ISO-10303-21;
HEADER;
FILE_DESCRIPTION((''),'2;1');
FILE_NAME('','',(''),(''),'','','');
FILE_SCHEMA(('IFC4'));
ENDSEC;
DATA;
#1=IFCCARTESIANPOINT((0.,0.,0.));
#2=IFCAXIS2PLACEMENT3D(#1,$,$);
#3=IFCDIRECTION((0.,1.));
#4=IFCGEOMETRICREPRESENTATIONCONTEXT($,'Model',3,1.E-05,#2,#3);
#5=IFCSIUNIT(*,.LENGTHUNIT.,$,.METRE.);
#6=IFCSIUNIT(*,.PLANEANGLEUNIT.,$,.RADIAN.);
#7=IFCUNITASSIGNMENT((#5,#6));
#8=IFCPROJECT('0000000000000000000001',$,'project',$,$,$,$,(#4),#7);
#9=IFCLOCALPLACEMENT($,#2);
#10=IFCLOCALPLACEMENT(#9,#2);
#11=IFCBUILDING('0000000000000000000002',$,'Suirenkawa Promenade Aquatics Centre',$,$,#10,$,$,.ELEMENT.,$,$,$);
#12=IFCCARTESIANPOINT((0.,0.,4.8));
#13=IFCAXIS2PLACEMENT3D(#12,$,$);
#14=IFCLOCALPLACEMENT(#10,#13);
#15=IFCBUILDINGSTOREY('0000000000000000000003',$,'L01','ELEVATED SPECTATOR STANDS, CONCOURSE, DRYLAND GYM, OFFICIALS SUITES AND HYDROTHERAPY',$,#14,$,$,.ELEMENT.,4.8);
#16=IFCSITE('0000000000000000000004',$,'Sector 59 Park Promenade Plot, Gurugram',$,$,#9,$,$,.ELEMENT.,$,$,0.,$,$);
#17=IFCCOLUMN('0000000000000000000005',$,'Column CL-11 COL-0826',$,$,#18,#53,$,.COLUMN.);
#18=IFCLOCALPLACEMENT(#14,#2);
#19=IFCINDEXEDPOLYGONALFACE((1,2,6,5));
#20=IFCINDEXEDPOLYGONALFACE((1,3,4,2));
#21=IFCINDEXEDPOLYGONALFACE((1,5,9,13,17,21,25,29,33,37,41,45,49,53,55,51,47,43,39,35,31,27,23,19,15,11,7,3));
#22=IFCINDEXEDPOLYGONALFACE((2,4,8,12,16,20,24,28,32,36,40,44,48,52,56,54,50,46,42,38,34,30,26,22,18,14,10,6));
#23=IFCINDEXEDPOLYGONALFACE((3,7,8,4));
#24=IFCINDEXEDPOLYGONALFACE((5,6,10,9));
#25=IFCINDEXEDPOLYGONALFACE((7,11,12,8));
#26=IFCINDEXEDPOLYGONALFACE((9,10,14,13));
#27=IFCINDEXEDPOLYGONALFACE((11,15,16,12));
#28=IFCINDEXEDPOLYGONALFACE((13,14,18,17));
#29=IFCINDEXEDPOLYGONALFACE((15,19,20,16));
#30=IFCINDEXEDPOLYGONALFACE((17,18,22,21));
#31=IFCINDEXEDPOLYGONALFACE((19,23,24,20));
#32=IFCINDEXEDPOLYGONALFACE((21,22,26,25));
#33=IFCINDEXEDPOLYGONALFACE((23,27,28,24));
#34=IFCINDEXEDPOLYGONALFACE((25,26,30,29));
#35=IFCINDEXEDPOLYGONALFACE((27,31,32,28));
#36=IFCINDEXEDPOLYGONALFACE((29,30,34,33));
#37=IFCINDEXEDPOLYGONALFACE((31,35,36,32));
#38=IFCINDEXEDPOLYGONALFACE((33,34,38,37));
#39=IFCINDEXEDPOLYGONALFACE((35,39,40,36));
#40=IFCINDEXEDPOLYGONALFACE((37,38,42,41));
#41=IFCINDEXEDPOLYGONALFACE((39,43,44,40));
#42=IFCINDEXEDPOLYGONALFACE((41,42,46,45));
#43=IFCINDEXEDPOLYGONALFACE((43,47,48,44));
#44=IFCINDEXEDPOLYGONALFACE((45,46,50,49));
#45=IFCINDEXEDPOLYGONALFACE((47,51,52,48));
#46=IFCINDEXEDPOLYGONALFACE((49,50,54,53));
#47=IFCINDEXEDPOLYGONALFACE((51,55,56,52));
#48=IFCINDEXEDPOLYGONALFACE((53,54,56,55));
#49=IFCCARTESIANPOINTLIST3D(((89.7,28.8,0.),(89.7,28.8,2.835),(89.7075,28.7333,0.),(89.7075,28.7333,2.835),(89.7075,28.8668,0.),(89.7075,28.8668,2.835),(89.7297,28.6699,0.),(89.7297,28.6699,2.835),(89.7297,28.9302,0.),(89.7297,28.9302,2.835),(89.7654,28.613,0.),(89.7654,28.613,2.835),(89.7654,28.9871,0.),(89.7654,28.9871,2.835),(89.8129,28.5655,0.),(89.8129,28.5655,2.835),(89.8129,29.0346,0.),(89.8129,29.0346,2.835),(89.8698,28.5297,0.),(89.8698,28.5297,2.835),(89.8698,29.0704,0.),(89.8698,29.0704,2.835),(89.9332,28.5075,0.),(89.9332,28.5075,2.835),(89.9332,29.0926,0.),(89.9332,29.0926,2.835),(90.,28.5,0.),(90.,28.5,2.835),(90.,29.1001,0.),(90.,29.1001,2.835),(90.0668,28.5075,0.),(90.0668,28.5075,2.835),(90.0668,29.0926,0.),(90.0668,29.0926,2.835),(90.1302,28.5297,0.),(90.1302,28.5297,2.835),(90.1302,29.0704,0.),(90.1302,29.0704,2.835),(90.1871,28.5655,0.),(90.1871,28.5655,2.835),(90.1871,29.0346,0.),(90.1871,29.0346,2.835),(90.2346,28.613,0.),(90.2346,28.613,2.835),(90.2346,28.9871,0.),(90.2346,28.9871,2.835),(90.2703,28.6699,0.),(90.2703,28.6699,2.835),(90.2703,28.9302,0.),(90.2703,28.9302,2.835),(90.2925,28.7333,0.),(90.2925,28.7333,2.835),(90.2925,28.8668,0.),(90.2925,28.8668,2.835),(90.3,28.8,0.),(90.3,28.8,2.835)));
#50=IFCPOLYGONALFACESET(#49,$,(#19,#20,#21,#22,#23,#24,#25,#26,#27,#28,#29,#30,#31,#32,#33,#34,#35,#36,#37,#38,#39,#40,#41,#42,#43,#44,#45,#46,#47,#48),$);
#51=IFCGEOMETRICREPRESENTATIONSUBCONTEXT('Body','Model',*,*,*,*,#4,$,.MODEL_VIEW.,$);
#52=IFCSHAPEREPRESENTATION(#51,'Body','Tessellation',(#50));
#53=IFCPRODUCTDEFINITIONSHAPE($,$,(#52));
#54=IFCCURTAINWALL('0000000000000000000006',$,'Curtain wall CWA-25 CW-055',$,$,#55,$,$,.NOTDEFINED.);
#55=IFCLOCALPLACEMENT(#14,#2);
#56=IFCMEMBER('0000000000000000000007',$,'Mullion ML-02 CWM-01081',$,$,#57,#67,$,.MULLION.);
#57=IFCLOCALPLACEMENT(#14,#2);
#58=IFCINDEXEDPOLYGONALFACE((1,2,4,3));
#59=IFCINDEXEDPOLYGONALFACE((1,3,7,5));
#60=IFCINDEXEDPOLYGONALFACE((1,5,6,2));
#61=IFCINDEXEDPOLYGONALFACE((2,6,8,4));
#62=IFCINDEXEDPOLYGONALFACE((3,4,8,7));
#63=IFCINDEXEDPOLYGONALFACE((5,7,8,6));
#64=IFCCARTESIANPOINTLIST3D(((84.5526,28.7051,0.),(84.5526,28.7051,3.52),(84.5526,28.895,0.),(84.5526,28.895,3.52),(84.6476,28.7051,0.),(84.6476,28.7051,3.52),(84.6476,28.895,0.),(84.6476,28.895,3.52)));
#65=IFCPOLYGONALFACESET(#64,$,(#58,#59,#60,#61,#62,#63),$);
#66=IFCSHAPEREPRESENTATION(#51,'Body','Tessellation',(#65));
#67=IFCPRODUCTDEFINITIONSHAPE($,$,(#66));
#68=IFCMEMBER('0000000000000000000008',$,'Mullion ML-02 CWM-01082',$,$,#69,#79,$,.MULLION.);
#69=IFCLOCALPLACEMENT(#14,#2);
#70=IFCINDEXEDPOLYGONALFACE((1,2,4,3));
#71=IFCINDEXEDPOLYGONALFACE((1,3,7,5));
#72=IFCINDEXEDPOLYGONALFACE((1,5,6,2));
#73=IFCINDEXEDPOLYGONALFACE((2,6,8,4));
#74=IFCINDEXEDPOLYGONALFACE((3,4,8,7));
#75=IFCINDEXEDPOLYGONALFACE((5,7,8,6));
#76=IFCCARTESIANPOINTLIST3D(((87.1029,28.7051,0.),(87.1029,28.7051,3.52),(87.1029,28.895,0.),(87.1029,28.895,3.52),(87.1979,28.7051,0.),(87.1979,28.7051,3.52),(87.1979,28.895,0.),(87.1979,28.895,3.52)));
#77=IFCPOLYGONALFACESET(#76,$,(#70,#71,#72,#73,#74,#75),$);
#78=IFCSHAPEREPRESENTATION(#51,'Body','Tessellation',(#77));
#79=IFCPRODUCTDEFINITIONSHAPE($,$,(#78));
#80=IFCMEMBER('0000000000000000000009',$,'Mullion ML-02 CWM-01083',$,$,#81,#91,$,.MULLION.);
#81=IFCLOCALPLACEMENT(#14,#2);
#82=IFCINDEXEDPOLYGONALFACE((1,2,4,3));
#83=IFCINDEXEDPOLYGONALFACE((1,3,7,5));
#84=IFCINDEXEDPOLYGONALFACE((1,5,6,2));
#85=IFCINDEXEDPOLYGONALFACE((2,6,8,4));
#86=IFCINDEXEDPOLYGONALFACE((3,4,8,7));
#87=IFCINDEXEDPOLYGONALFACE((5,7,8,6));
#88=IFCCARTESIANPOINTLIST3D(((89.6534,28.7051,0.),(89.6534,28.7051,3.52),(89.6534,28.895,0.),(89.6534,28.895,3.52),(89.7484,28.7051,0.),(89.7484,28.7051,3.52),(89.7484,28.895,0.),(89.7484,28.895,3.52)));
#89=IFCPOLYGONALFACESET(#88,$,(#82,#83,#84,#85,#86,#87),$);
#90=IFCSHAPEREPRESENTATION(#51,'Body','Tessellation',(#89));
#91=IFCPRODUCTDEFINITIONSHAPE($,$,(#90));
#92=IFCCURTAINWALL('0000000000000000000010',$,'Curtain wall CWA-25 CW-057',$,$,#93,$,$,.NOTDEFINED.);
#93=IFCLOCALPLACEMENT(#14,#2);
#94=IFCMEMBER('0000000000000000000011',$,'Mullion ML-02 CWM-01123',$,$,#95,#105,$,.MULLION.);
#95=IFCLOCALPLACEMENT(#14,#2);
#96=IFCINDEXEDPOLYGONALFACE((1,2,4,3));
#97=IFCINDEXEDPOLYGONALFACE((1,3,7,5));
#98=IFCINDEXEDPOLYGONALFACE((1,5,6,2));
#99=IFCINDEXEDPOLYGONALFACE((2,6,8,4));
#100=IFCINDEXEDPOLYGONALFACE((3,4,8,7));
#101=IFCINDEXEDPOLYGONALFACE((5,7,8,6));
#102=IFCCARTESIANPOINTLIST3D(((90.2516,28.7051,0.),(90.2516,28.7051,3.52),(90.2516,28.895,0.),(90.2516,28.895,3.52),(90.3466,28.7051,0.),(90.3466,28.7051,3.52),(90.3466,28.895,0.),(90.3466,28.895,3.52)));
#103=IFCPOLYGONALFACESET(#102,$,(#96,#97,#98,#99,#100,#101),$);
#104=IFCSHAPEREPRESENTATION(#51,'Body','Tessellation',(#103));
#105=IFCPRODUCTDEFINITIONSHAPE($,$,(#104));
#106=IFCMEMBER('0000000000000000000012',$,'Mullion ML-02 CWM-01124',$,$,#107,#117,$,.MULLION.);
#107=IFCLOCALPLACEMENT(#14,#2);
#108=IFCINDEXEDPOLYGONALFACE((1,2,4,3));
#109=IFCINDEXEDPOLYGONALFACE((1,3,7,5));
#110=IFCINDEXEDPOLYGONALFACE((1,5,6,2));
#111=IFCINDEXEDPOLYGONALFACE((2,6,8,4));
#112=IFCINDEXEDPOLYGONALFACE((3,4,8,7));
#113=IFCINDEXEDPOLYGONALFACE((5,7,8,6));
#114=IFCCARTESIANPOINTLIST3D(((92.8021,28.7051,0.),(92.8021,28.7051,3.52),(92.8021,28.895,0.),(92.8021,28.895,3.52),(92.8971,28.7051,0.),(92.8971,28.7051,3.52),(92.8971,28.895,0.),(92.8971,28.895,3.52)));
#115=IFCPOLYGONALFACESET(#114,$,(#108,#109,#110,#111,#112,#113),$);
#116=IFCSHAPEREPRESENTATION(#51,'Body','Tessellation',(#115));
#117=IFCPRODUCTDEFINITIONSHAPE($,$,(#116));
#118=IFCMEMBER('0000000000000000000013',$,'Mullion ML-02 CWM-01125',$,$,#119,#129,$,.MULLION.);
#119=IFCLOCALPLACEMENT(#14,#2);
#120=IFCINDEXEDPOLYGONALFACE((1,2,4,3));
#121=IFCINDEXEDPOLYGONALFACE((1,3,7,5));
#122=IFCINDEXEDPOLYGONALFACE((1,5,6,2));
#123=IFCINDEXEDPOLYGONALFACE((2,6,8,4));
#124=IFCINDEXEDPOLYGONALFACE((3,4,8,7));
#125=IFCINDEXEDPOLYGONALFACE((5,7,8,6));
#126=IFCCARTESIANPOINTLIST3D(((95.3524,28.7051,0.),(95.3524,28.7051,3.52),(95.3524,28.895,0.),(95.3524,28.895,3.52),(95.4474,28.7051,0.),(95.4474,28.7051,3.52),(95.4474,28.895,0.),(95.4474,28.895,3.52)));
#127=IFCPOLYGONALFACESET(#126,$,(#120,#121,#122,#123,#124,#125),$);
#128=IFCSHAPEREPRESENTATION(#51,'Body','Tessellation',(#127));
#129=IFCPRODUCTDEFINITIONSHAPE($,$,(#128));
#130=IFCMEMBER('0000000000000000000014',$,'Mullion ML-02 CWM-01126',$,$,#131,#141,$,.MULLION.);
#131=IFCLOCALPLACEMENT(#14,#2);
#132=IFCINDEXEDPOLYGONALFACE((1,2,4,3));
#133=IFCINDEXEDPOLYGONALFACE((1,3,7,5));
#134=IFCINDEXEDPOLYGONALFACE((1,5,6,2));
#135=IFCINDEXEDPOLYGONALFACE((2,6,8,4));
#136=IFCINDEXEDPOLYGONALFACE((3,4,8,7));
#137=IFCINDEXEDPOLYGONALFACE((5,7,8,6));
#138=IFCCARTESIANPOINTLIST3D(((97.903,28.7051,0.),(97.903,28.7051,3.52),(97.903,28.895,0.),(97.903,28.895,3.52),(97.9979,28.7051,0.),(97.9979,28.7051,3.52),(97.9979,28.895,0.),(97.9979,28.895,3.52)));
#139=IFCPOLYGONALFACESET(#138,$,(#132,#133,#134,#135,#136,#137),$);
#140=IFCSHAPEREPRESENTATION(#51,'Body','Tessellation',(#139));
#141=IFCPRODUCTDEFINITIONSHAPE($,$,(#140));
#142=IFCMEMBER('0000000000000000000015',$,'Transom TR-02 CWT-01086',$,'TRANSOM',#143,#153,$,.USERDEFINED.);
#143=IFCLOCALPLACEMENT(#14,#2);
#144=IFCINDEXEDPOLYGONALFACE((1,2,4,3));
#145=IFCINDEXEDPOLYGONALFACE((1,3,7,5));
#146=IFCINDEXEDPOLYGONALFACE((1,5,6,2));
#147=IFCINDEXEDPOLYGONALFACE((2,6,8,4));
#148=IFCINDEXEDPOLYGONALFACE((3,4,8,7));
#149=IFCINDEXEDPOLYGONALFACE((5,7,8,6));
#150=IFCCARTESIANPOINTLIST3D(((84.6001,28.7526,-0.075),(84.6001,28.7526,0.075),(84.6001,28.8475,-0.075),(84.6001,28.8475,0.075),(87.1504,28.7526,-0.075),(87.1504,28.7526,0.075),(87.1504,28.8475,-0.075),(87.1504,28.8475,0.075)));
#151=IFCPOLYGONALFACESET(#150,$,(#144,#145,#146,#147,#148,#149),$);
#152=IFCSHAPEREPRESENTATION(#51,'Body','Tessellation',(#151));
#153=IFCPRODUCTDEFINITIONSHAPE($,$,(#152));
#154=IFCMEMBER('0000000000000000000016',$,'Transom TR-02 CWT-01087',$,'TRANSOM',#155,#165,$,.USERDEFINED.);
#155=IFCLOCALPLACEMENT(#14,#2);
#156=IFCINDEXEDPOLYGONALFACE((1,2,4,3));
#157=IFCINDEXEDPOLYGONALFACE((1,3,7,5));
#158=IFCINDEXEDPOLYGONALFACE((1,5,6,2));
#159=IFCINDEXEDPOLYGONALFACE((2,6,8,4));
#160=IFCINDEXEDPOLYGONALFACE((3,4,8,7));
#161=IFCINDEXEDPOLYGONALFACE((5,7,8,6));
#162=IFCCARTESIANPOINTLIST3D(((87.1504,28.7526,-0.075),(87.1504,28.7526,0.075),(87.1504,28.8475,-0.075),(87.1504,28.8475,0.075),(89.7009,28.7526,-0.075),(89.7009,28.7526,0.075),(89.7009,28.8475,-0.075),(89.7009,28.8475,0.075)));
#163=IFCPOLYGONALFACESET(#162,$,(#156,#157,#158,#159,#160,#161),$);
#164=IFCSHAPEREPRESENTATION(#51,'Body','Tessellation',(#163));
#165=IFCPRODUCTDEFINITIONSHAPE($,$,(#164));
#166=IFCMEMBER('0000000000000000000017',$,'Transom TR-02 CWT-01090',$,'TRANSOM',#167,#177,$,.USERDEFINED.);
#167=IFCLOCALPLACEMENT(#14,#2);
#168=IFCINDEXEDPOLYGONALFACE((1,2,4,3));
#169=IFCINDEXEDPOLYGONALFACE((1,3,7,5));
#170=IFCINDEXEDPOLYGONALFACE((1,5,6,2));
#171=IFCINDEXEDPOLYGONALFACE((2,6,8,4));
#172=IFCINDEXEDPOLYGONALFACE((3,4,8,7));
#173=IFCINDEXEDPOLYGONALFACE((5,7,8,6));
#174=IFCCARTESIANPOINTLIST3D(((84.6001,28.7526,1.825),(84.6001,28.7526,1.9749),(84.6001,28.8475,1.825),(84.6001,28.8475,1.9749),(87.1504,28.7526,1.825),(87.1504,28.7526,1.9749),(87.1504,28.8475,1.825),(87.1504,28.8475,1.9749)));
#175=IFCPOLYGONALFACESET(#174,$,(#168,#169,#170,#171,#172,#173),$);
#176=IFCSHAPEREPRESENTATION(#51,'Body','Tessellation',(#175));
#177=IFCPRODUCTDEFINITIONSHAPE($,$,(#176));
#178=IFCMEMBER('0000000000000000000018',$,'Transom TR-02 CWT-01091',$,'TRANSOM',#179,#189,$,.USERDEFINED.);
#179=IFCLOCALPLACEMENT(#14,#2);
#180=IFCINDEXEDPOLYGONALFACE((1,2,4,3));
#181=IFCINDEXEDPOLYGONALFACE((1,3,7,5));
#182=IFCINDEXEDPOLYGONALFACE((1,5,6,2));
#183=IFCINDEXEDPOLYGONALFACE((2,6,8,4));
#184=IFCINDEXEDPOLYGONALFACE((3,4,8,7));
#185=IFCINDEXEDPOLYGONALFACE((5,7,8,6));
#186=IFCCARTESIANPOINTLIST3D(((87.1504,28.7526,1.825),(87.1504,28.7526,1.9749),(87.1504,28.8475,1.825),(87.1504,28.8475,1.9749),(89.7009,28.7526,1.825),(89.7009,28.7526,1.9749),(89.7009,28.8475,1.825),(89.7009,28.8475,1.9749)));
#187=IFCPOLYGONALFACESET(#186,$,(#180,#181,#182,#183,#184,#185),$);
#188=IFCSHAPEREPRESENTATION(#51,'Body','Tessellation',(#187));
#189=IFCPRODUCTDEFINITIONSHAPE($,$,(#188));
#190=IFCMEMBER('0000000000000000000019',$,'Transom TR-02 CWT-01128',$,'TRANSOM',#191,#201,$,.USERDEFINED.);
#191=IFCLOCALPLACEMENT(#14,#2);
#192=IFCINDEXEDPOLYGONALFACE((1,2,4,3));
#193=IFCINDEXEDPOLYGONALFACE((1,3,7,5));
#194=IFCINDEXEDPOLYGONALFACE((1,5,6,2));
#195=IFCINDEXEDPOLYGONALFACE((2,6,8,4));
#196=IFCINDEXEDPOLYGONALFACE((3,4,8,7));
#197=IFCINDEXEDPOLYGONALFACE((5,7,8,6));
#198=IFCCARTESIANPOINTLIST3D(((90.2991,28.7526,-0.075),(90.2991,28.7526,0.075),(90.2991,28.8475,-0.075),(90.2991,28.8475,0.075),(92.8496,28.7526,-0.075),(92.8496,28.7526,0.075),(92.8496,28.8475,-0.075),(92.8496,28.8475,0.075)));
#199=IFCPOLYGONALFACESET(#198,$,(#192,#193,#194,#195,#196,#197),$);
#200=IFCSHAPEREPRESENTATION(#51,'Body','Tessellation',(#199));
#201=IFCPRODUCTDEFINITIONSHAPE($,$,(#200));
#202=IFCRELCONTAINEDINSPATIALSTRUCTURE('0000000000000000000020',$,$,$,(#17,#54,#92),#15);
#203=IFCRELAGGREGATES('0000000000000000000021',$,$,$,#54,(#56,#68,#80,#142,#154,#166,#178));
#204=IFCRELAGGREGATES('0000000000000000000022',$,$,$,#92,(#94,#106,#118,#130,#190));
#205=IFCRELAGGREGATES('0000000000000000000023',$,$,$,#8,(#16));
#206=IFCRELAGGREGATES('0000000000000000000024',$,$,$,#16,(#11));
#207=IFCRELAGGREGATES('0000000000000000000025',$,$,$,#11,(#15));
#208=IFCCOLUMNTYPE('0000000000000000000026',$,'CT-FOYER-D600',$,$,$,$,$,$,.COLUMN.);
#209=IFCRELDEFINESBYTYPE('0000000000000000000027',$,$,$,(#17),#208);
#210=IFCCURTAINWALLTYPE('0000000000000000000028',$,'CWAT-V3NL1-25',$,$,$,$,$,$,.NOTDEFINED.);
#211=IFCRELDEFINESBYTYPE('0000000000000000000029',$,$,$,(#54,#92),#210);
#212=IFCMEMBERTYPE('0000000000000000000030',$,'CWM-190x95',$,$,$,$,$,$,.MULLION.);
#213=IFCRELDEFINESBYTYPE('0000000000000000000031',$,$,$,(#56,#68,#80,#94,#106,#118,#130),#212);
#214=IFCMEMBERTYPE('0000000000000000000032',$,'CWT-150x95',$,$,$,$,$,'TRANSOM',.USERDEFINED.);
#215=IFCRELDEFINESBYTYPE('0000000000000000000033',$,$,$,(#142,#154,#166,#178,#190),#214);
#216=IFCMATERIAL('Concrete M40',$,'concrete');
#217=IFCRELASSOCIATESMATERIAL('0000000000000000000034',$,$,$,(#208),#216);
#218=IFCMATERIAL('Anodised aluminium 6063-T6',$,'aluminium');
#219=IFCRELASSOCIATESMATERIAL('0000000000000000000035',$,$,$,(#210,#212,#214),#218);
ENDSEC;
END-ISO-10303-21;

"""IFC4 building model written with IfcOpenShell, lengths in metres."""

from ifc_helpers import new_model, si_unit, direction, frame, origin, origin_2d, place, context, subcontext, project, spatial, rectangle, circle, extrude, material, material_profile, profile_set, type_object, element, aggregate, save


model = new_model("IFC4")

# Units and contexts
model_context = context("Model", 3, precision=1e-05, world=origin(), true_north=direction((0.0, 1.0)))
body_context = subcontext(model_context, "Body", "Model", "MODEL_VIEW")
ifc_project = project(units=[si_unit("LENGTHUNIT", "METRE"), si_unit("PLANEANGLEUNIT", "RADIAN")], contexts=[model_context])

# Site, building, storey
site_placement = place(None, origin())
site = spatial("IfcSite", under=ifc_project, at=site_placement, Name="Sector 59 Park Promenade Plot, Gurugram", CompositionType="ELEMENT", RefElevation=0.0)
building_placement = place(site_placement, origin())
building = spatial("IfcBuilding", under=site, at=building_placement, Name="Suirenkawa Promenade Aquatics Centre", CompositionType="ELEMENT")
storey_placement = place(building_placement, frame((0.0, 0.0, 4.8)))
storey = spatial("IfcBuildingStorey", under=building, at=storey_placement, Name="L01", Description="ELEVATED SPECTATOR STANDS, CONCOURSE, DRYLAND GYM, OFFICIALS SUITES AND HYDROTHERAPY", CompositionType="ELEMENT", Elevation=4.8)

# Column
ifc_material_1 = material(Name="Concrete M40", Category="concrete")
ifc_material_profile_1 = material_profile(ifc_material_1, circle(Radius=0.3, at=origin_2d()), Name="RC FOYER D600", Category="concrete")
ifc_profile_set_1 = profile_set([ifc_material_profile_1], Name="Concrete M40")
column_type = type_object("IfcColumnType", Name="CT-FOYER-D600", PredefinedType="COLUMN", material=ifc_profile_set_1)
column_placement = place(storey_placement, frame((90.0, 28.8, 0.0), z_axis=(0.0, 0.0, 1.0), x_axis=(1.0, 0.0, 0.0)))
element("IfcColumn", 1, at=column_placement, inside=storey, type_object=column_type, Name="Column CL-11 COL-0826", PredefinedType="COLUMN", context=body_context, shape_type="SweptSolid", body=[
    extrude(circle(Radius=0.3, at=origin_2d()), origin(), (0.0, 0.0, 1.0), 2.835),
])

# Curtain walls, members
ifc_material_2 = material(Name="Anodised aluminium 6063-T6", Category="aluminium")
curtain_wall_type = type_object("IfcCurtainWallType", Name="CWAT-V3NL1-25", PredefinedType="NOTDEFINED", material=ifc_material_2)
curtain_wall_1_placement = place(storey_placement, origin())
curtain_wall_1 = element("IfcCurtainWall", 2, at=curtain_wall_1_placement, inside=storey, type_object=curtain_wall_type, Name="Curtain wall CWA-25 CW-055", PredefinedType="NOTDEFINED")
ifc_material_profile_2 = material_profile(ifc_material_2, rectangle(XDim=0.095, YDim=0.1899, at=origin_2d()), Name="ALU MULL 95x190", Category="aluminium")
ifc_profile_set_2 = profile_set([ifc_material_profile_2], Name="Anodised aluminium 6063-T6")
member_type_1 = type_object("IfcMemberType", Name="CWM-190x95", PredefinedType="MULLION", material=ifc_profile_set_2)
member_1_placement = place(storey_placement, frame((84.6001, 28.8, 0.0), z_axis=(0.0, 0.0, 1.0), x_axis=(1.0, 0.0, 0.0)))
member_1 = element("IfcMember", 3, at=member_1_placement, type_object=member_type_1, Name="Mullion ML-02 CWM-01081", PredefinedType="MULLION", context=body_context, shape_type="SweptSolid", body=[
    extrude(rectangle(XDim=0.095, YDim=0.1899, at=origin_2d()), origin(), (0.0, 0.0, 1.0), 3.52),
])
member_2_placement = place(storey_placement, frame((87.1504, 28.8, 0.0), z_axis=(0.0, 0.0, 1.0), x_axis=(1.0, 0.0, 0.0)))
member_2 = element("IfcMember", 4, at=member_2_placement, type_object=member_type_1, Name="Mullion ML-02 CWM-01082", PredefinedType="MULLION", context=body_context, shape_type="SweptSolid", body=[
    extrude(rectangle(XDim=0.095, YDim=0.1899, at=origin_2d()), origin(), (0.0, 0.0, 1.0), 3.52),
])
member_3_placement = place(storey_placement, frame((89.7009, 28.8, 0.0), z_axis=(0.0, 0.0, 1.0), x_axis=(1.0, 0.0, 0.0)))
member_3 = element("IfcMember", 5, at=member_3_placement, type_object=member_type_1, Name="Mullion ML-02 CWM-01083", PredefinedType="MULLION", context=body_context, shape_type="SweptSolid", body=[
    extrude(rectangle(XDim=0.095, YDim=0.1899, at=origin_2d()), origin(), (0.0, 0.0, 1.0), 3.52),
])
curtain_wall_2_placement = place(storey_placement, origin())
curtain_wall_2 = element("IfcCurtainWall", 6, at=curtain_wall_2_placement, inside=storey, type_object=curtain_wall_type, Name="Curtain wall CWA-25 CW-057", PredefinedType="NOTDEFINED")
member_4_placement = place(storey_placement, frame((90.2991, 28.8, 0.0), z_axis=(0.0, 0.0, 1.0), x_axis=(1.0, 0.0, 0.0)))
member_4 = element("IfcMember", 7, at=member_4_placement, type_object=member_type_1, Name="Mullion ML-02 CWM-01123", PredefinedType="MULLION", context=body_context, shape_type="SweptSolid", body=[
    extrude(rectangle(XDim=0.095, YDim=0.1899, at=origin_2d()), origin(), (0.0, 0.0, 1.0), 3.52),
])
member_5_placement = place(storey_placement, frame((92.8496, 28.8, 0.0), z_axis=(0.0, 0.0, 1.0), x_axis=(1.0, 0.0, 0.0)))
member_5 = element("IfcMember", 8, at=member_5_placement, type_object=member_type_1, Name="Mullion ML-02 CWM-01124", PredefinedType="MULLION", context=body_context, shape_type="SweptSolid", body=[
    extrude(rectangle(XDim=0.095, YDim=0.1899, at=origin_2d()), origin(), (0.0, 0.0, 1.0), 3.52),
])
member_6_placement = place(storey_placement, frame((95.3999, 28.8, 0.0), z_axis=(0.0, 0.0, 1.0), x_axis=(1.0, 0.0, 0.0)))
member_6 = element("IfcMember", 9, at=member_6_placement, type_object=member_type_1, Name="Mullion ML-02 CWM-01125", PredefinedType="MULLION", context=body_context, shape_type="SweptSolid", body=[
    extrude(rectangle(XDim=0.095, YDim=0.1899, at=origin_2d()), origin(), (0.0, 0.0, 1.0), 3.52),
])
member_7_placement = place(storey_placement, frame((97.9504, 28.8, 0.0), z_axis=(0.0, 0.0, 1.0), x_axis=(1.0, 0.0, 0.0)))
member_7 = element("IfcMember", 10, at=member_7_placement, type_object=member_type_1, Name="Mullion ML-02 CWM-01126", PredefinedType="MULLION", context=body_context, shape_type="SweptSolid", body=[
    extrude(rectangle(XDim=0.095, YDim=0.1899, at=origin_2d()), origin(), (0.0, 0.0, 1.0), 3.52),
])

# Members
ifc_material_profile_3 = material_profile(ifc_material_2, rectangle(XDim=0.095, YDim=0.1499, at=origin_2d()), Name="ALU TRAN 95x150", Category="aluminium")
ifc_profile_set_3 = profile_set([ifc_material_profile_3], Name="Anodised aluminium 6063-T6")
member_type_2 = type_object("IfcMemberType", Name="CWT-150x95", ElementType="TRANSOM", PredefinedType="USERDEFINED", material=ifc_profile_set_3)
member_8_placement = place(storey_placement, frame((84.6001, 28.8, 0.0), z_axis=(1.0, 0.0, 0.0), x_axis=(0.0, 1.0, 0.0)))
member_8 = element("IfcMember", 11, at=member_8_placement, type_object=member_type_2, Name="Transom TR-02 CWT-01086", ObjectType="TRANSOM", PredefinedType="USERDEFINED", context=body_context, shape_type="SweptSolid", body=[
    extrude(rectangle(XDim=0.095, YDim=0.1499, at=origin_2d()), origin(), (0.0, 0.0, 1.0), 2.5503),
])
member_9_placement = place(storey_placement, frame((87.1504, 28.8, 0.0), z_axis=(1.0, 0.0, 0.0), x_axis=(0.0, 1.0, 0.0)))
member_9 = element("IfcMember", 12, at=member_9_placement, type_object=member_type_2, Name="Transom TR-02 CWT-01087", ObjectType="TRANSOM", PredefinedType="USERDEFINED", context=body_context, shape_type="SweptSolid", body=[
    extrude(rectangle(XDim=0.095, YDim=0.1499, at=origin_2d()), origin(), (0.0, 0.0, 1.0), 2.5505),
])
member_10_placement = place(storey_placement, frame((84.6001, 28.8, 1.8999), z_axis=(1.0, 0.0, 0.0), x_axis=(0.0, 1.0, 0.0)))
member_10 = element("IfcMember", 13, at=member_10_placement, type_object=member_type_2, Name="Transom TR-02 CWT-01090", ObjectType="TRANSOM", PredefinedType="USERDEFINED", context=body_context, shape_type="SweptSolid", body=[
    extrude(rectangle(XDim=0.095, YDim=0.1499, at=origin_2d()), origin(), (0.0, 0.0, 1.0), 2.5503),
])
member_11_placement = place(storey_placement, frame((87.1504, 28.8, 1.8999), z_axis=(1.0, 0.0, 0.0), x_axis=(0.0, 1.0, 0.0)))
member_11 = element("IfcMember", 14, at=member_11_placement, type_object=member_type_2, Name="Transom TR-02 CWT-01091", ObjectType="TRANSOM", PredefinedType="USERDEFINED", context=body_context, shape_type="SweptSolid", body=[
    extrude(rectangle(XDim=0.095, YDim=0.1499, at=origin_2d()), origin(), (0.0, 0.0, 1.0), 2.5505),
])
member_12_placement = place(storey_placement, frame((90.2991, 28.8, 0.0), z_axis=(1.0, 0.0, 0.0), x_axis=(0.0, 1.0, 0.0)))
member_12 = element("IfcMember", 15, at=member_12_placement, type_object=member_type_2, Name="Transom TR-02 CWT-01128", ObjectType="TRANSOM", PredefinedType="USERDEFINED", context=body_context, shape_type="SweptSolid", body=[
    extrude(rectangle(XDim=0.095, YDim=0.1499, at=origin_2d()), origin(), (0.0, 0.0, 1.0), 2.5505),
])

aggregate(curtain_wall_1, [member_1, member_2, member_3, member_8, member_9, member_10, member_11])
aggregate(curtain_wall_2, [member_4, member_5, member_6, member_7, member_12])

save(model, "model.ifc")
